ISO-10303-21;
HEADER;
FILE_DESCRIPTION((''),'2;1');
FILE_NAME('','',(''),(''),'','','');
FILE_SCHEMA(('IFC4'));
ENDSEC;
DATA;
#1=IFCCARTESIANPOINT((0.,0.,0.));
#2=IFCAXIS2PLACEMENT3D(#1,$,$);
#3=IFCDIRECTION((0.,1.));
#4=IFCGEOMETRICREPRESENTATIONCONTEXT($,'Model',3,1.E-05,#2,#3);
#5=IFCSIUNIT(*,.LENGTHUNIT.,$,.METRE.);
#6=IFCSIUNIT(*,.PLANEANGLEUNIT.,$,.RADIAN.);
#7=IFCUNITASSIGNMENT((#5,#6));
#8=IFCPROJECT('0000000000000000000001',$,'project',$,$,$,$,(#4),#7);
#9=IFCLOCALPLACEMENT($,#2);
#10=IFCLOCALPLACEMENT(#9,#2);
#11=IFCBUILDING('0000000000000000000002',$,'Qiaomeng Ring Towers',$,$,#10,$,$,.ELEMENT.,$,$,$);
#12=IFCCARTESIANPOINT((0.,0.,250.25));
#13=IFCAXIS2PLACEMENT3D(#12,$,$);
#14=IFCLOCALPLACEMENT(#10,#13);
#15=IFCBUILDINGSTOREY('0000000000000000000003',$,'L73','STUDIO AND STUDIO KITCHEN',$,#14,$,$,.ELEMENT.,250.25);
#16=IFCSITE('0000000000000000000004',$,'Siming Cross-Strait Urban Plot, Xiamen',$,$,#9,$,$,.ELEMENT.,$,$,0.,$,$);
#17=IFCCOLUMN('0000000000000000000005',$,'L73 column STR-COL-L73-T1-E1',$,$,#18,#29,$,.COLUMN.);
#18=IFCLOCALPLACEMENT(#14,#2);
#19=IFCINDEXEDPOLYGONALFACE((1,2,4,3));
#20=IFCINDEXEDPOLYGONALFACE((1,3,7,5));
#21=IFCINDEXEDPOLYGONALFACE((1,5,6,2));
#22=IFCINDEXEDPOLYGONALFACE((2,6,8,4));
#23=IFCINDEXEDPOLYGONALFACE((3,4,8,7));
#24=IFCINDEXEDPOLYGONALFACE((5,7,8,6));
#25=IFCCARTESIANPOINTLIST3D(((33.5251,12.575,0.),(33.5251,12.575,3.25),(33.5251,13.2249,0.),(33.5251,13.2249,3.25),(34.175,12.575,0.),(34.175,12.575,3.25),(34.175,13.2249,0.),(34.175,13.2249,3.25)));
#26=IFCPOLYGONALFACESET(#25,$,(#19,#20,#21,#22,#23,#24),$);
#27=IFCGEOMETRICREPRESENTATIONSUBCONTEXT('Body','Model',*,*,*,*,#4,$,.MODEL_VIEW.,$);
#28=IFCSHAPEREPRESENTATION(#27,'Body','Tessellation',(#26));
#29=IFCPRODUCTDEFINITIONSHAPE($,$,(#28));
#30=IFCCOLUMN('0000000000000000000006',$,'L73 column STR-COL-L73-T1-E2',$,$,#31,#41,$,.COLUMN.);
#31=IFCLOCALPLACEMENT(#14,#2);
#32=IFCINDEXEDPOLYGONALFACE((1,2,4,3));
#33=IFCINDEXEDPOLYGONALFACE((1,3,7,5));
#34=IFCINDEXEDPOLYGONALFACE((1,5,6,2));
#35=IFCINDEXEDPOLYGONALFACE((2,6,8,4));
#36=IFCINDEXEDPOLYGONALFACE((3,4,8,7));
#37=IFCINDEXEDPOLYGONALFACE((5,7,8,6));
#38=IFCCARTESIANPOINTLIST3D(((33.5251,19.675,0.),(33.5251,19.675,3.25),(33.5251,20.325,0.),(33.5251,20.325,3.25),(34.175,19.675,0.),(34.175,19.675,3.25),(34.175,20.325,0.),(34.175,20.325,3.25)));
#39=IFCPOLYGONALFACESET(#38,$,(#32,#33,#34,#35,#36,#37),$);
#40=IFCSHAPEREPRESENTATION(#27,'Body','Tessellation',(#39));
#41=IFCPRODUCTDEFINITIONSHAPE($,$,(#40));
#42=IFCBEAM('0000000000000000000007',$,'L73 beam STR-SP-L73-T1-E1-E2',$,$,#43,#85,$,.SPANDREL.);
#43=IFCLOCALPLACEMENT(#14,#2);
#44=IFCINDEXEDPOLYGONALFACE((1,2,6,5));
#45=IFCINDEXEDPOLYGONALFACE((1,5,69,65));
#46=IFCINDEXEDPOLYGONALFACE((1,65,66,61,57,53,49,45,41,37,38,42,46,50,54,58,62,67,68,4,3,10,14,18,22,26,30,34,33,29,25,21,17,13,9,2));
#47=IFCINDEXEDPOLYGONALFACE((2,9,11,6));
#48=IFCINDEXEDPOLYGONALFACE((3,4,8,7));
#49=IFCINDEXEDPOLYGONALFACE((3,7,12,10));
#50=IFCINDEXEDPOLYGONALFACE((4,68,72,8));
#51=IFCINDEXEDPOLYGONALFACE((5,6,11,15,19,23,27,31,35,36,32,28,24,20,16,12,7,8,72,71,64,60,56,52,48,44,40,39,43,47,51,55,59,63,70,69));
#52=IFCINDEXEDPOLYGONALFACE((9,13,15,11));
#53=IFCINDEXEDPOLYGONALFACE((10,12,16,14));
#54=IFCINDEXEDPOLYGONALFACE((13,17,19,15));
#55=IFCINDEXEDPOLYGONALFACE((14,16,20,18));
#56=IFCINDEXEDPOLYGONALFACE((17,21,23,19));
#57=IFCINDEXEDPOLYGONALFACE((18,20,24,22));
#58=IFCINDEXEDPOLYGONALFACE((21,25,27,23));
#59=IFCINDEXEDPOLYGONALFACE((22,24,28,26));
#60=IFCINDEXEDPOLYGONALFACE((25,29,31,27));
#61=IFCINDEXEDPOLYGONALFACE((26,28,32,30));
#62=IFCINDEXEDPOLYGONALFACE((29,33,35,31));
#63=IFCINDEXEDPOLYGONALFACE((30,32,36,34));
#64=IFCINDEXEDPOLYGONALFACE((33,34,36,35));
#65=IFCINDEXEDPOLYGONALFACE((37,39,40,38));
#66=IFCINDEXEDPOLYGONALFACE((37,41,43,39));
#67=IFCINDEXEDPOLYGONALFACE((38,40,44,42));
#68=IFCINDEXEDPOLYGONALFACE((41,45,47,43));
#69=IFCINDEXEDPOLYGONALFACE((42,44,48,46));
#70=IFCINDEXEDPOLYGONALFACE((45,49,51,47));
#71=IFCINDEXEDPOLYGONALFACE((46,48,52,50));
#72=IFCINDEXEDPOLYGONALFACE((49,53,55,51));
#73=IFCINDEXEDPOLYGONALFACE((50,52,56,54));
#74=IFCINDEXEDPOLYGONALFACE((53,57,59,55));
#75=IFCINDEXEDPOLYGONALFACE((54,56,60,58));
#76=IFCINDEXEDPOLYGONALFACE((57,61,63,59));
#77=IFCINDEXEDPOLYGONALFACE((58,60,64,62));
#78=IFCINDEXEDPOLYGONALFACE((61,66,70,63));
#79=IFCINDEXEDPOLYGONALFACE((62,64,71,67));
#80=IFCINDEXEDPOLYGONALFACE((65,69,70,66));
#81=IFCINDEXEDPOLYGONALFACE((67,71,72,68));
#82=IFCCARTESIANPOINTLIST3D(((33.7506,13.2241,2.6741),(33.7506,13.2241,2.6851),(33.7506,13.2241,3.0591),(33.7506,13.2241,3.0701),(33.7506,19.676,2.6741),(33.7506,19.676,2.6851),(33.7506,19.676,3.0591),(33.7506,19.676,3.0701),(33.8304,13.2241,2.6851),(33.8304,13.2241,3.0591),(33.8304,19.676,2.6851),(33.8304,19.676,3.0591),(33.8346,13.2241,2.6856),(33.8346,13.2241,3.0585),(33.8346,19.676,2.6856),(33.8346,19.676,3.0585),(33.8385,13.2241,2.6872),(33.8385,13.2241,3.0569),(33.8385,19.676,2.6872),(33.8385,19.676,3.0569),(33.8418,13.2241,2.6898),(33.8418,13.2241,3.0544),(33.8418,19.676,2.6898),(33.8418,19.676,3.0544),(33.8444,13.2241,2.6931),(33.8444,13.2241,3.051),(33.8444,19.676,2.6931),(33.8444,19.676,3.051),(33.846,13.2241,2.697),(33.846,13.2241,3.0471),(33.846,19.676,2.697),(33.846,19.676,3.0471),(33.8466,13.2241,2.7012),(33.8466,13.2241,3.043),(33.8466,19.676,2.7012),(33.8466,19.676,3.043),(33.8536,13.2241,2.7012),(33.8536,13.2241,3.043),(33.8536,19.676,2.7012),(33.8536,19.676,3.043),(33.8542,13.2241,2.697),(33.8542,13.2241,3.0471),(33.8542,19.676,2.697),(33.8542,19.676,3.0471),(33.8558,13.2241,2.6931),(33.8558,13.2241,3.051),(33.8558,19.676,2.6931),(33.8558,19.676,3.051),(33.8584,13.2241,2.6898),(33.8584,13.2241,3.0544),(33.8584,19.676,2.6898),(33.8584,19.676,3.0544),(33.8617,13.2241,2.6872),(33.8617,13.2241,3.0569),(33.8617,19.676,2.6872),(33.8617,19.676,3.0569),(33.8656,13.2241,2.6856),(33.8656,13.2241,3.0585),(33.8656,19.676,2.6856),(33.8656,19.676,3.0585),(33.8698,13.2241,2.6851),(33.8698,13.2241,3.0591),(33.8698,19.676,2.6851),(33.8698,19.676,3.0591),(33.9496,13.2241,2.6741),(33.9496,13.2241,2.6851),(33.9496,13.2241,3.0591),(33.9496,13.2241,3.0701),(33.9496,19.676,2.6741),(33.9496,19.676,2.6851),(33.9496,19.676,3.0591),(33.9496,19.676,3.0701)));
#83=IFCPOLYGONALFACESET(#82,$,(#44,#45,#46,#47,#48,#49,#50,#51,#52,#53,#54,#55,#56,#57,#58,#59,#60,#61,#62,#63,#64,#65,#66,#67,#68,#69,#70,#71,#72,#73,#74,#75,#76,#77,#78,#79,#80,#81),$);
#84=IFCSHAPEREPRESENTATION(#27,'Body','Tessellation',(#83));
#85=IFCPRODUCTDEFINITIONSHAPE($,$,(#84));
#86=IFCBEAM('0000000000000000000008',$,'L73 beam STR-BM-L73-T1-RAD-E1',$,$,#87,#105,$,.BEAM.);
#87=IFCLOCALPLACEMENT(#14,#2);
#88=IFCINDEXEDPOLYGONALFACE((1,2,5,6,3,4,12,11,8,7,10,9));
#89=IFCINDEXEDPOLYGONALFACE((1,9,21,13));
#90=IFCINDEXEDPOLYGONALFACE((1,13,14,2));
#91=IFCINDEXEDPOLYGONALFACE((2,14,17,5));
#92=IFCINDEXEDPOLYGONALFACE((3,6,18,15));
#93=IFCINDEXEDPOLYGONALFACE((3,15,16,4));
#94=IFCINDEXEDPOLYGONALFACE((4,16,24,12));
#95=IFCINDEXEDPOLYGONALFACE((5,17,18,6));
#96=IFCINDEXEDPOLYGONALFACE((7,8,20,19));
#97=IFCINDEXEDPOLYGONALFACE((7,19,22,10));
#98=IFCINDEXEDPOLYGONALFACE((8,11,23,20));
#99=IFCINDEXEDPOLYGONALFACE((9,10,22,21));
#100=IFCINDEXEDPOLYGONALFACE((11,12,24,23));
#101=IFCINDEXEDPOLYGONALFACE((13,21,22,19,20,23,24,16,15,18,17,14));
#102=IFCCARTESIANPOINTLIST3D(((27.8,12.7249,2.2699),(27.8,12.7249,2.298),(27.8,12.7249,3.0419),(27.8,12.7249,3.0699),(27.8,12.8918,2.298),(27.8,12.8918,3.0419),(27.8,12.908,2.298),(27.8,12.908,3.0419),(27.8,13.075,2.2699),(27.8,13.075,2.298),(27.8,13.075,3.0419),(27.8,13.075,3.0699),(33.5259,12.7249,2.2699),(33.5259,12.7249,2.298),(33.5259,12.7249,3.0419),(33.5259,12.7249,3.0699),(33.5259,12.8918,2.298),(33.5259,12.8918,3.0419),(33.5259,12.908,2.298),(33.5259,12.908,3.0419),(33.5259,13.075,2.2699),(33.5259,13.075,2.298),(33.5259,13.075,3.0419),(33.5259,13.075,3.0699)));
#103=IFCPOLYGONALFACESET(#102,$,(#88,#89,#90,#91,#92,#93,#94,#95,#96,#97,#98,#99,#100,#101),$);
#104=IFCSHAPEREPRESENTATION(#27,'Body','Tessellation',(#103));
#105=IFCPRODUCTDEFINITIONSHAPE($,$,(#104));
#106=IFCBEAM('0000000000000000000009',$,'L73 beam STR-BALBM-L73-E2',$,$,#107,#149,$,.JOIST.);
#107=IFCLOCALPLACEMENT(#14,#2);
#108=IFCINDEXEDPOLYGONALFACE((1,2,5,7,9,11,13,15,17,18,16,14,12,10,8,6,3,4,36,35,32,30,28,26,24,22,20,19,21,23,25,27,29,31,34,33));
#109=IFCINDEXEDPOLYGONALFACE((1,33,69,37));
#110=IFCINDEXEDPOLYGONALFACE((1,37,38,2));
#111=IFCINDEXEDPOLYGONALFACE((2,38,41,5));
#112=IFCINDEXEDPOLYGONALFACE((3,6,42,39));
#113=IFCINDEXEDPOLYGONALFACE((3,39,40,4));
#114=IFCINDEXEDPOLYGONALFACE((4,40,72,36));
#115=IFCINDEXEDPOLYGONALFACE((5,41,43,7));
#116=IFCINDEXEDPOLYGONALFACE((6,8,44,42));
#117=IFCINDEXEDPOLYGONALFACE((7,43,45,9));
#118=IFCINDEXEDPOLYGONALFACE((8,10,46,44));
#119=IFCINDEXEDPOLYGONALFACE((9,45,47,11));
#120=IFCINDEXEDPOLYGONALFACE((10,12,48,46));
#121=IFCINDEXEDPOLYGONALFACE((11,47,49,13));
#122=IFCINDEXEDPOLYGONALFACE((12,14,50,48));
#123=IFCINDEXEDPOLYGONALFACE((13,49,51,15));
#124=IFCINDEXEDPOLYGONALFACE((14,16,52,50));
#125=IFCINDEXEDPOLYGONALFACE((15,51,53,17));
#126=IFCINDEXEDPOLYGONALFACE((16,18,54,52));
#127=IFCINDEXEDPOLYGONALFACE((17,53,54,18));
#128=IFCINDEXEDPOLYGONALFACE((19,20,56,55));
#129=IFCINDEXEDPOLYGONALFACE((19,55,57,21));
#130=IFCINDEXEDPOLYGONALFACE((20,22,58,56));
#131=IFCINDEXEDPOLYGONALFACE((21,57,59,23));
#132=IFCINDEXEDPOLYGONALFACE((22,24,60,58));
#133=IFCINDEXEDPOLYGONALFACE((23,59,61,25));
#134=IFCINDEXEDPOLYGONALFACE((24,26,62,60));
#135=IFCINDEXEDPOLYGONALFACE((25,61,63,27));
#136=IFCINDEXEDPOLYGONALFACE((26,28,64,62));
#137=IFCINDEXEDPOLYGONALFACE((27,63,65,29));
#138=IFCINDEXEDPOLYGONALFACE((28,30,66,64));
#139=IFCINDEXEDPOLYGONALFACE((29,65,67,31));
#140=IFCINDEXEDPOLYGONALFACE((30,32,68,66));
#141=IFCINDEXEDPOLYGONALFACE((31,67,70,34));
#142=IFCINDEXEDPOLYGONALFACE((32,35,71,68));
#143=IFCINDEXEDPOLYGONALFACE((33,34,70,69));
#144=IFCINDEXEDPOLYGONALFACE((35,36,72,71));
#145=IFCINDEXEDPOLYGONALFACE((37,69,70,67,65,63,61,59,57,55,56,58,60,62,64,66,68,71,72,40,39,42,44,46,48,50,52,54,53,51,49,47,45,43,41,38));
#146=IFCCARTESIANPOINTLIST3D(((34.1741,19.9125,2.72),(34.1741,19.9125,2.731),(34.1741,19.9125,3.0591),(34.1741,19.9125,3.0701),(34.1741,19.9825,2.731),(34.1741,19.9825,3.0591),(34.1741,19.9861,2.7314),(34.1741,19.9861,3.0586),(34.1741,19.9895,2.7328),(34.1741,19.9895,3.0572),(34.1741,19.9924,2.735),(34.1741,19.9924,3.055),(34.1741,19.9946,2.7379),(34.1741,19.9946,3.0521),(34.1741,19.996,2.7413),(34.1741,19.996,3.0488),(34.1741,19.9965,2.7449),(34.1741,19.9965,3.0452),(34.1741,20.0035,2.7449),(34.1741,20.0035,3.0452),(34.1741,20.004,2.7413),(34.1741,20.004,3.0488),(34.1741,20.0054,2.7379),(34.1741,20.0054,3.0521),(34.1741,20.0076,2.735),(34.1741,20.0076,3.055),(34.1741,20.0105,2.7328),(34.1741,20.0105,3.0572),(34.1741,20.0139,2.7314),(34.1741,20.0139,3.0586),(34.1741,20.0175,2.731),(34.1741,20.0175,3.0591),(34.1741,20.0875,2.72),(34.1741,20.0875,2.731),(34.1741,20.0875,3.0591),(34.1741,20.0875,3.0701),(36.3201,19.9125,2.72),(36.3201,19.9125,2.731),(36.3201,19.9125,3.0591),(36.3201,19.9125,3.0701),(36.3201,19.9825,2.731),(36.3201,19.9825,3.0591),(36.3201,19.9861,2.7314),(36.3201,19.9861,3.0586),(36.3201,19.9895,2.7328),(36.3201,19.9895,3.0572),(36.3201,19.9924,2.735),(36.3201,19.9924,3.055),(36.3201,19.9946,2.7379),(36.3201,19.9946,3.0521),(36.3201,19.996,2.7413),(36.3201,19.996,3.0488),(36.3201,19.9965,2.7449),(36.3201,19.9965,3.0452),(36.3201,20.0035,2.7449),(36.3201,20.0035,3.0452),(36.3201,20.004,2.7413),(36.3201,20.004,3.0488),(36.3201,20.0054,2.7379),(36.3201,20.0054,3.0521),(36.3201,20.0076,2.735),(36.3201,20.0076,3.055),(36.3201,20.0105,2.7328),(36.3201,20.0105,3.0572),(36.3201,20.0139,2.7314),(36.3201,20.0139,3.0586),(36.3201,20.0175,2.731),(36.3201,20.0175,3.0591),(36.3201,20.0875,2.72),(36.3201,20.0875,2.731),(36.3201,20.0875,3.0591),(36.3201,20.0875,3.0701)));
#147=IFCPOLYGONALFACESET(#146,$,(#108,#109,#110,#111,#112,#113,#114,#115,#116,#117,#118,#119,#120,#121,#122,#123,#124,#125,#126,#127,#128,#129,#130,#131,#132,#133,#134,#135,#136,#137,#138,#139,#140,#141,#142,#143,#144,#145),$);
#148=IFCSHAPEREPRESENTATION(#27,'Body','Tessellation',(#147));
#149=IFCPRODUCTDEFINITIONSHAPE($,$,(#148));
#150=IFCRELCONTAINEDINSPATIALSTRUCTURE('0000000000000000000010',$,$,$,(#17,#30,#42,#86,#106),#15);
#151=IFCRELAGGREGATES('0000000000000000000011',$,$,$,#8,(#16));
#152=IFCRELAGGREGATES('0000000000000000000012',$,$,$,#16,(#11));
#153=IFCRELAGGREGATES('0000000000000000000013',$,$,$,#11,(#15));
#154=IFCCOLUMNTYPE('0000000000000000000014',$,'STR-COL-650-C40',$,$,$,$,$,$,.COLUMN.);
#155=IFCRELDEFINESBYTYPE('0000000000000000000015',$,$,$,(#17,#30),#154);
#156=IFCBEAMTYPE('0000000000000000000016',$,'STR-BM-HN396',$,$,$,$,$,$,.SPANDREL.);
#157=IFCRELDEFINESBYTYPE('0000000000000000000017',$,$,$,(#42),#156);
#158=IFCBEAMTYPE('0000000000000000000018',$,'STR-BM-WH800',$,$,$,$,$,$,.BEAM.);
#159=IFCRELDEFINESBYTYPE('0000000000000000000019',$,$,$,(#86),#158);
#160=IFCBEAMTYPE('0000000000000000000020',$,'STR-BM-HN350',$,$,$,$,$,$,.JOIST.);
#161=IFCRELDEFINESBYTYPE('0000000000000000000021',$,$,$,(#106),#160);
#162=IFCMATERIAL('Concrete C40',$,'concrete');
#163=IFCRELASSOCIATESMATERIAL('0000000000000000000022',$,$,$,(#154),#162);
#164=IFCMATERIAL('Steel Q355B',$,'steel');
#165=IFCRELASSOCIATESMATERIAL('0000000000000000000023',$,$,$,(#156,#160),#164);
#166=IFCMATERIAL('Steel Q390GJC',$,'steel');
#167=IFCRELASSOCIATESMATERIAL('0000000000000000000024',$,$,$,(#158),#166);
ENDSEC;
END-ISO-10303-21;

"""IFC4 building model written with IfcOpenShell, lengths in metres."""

from ifc_helpers import new_model, si_unit, direction, frame, origin, origin_2d, place, context, subcontext, project, spatial, rectangle, i_section, extrude, source, transform, mapped, material, material_profile, profile_set, type_object, element, save


model = new_model("IFC4")

# Units and contexts
model_context = context("Model", 3, precision=1e-05, world=origin(), true_north=direction((0.0, 1.0)))
body_context = subcontext(model_context, "Body", "Model", "MODEL_VIEW")
ifc_project = project(units=[si_unit("LENGTHUNIT", "METRE"), si_unit("PLANEANGLEUNIT", "RADIAN")], contexts=[model_context])

# Site, building, storey
site_placement = place(None, origin())
site = spatial("IfcSite", under=ifc_project, at=site_placement, Name="Siming Cross-Strait Urban Plot, Xiamen", CompositionType="ELEMENT", RefElevation=0.0)
building_placement = place(site_placement, origin())
building = spatial("IfcBuilding", under=site, at=building_placement, Name="Qiaomeng Ring Towers", CompositionType="ELEMENT")
storey_placement = place(building_placement, frame((0.0, 0.0, 250.25)))
storey = spatial("IfcBuildingStorey", under=building, at=storey_placement, Name="L73", Description="STUDIO AND STUDIO KITCHEN", CompositionType="ELEMENT", Elevation=250.25)

# Columns
ifc_material_1 = material(Name="Concrete C40", Category="concrete")
ifc_material_profile_1 = material_profile(ifc_material_1, rectangle(XDim=0.6499, YDim=0.6499, at=origin_2d()), Name="RC COL 650x650")
ifc_profile_set_1 = profile_set([ifc_material_profile_1], Name="Concrete C40")
column_type = type_object("IfcColumnType", Name="STR-COL-650-C40", PredefinedType="COLUMN", material=ifc_profile_set_1)
shared_shape_1 = source(origin(), body_context, "Body", "SweptSolid", [
    extrude(rectangle(XDim=0.6499, YDim=0.6499, at=origin_2d()), origin(), (0.0, 0.0, 1.0), 3.25),
])
for number, where, z_axis, x_axis, name in (
    (1, (33.8501, 12.8999, 0.0), (0.0, 0.0, 1.0), (1.0, 0.0, 0.0), "L73 column STR-COL-L73-T1-E1"),
    (2, (33.8501, 20.0, 0.0), (0.0, 0.0, 1.0), (1.0, 0.0, 0.0), "L73 column STR-COL-L73-T1-E2"),
):
    element("IfcColumn", number, at=place(storey_placement, frame(where, z_axis=z_axis, x_axis=x_axis)), inside=storey, type_object=column_type, Name=name, PredefinedType="COLUMN", context=body_context, shape_type="MappedRepresentation", body=[
        mapped(shared_shape_1, transform((0.0, 0.0, 0.0), x_axis=(1.0, 0.0, 0.0), y_axis=(0.0, 1.0, 0.0), z_axis=(0.0, 0.0, 1.0), scale=1.0)),
    ])

# Beams
ifc_material_2 = material(Name="Steel Q355B", Category="steel")
ifc_material_profile_2 = material_profile(ifc_material_2, i_section(OverallWidth=0.199, OverallDepth=0.396, WebThickness=0.0071, FlangeThickness=0.011, FilletRadius=0.0161, at=origin_2d()), Name="HN 396x199x7x11")
ifc_profile_set_2 = profile_set([ifc_material_profile_2], Name="Steel Q355B")
beam_type_1 = type_object("IfcBeamType", Name="STR-BM-HN396", PredefinedType="SPANDREL", material=ifc_profile_set_2)
shared_shape_2 = source(origin(), body_context, "Body", "SweptSolid", [
    extrude(i_section(OverallWidth=0.199, OverallDepth=0.396, WebThickness=0.0071, FlangeThickness=0.011, FilletRadius=0.0161, at=origin_2d()), origin(), (0.0, 0.0, 1.0), 6.4519),
])
beam_1_placement = place(storey_placement, frame((33.8501, 13.2241, 2.8721), z_axis=(0.0, 1.0, 0.0), x_axis=(-1.0, 0.0, 0.0)))
element("IfcBeam", 3, at=beam_1_placement, inside=storey, type_object=beam_type_1, Name="L73 beam STR-SP-L73-T1-E1-E2", PredefinedType="SPANDREL", context=body_context, shape_type="MappedRepresentation", body=[
    mapped(shared_shape_2, transform((0.0, 0.0, 0.0), x_axis=(1.0, 0.0, 0.0), y_axis=(0.0, 1.0, 0.0), z_axis=(0.0, 0.0, 1.0), scale=1.0)),
])
ifc_material_3 = material(Name="Steel Q390GJC", Category="steel")
ifc_material_profile_3 = material_profile(ifc_material_3, i_section(OverallWidth=0.3501, OverallDepth=0.8, WebThickness=0.0161, FlangeThickness=0.0281, at=origin_2d()), Name="WH 800x350x16x28")
ifc_profile_set_3 = profile_set([ifc_material_profile_3], Name="Steel Q390GJC")
beam_type_2 = type_object("IfcBeamType", Name="STR-BM-WH800", PredefinedType="BEAM", material=ifc_profile_set_3)
shared_shape_3 = source(origin(), body_context, "Body", "SweptSolid", [
    extrude(i_section(OverallWidth=0.3501, OverallDepth=0.8, WebThickness=0.0161, FlangeThickness=0.0281, at=origin_2d()), origin(), (0.0, 0.0, 1.0), 5.7258),
])
beam_2_placement = place(storey_placement, frame((27.8, 12.8999, 2.6699), z_axis=(1.0, 0.0, 0.0), x_axis=(0.0, 1.0, 0.0)))
element("IfcBeam", 4, at=beam_2_placement, inside=storey, type_object=beam_type_2, Name="L73 beam STR-BM-L73-T1-RAD-E1", PredefinedType="BEAM", context=body_context, shape_type="MappedRepresentation", body=[
    mapped(shared_shape_3, transform((0.0, 0.0, 0.0), x_axis=(1.0, 0.0, 0.0), y_axis=(0.0, 1.0, 0.0), z_axis=(0.0, 0.0, 1.0), scale=1.0)),
])
ifc_material_profile_4 = material_profile(ifc_material_2, i_section(OverallWidth=0.175, OverallDepth=0.3501, WebThickness=0.0071, FlangeThickness=0.011, FilletRadius=0.0139, at=origin_2d()), Name="HN 350x175x7x11")
ifc_profile_set_4 = profile_set([ifc_material_profile_4], Name="Steel Q355B")
beam_type_3 = type_object("IfcBeamType", Name="STR-BM-HN350", PredefinedType="JOIST", material=ifc_profile_set_4)
shared_shape_4 = source(origin(), body_context, "Body", "SweptSolid", [
    extrude(i_section(OverallWidth=0.175, OverallDepth=0.3501, WebThickness=0.0071, FlangeThickness=0.011, FilletRadius=0.0139, at=origin_2d()), origin(), (0.0, 0.0, 1.0), 2.146),
])
beam_3_placement = place(storey_placement, frame((34.1741, 20.0, 2.895), z_axis=(1.0, 0.0, 0.0), x_axis=(0.0, 1.0, 0.0)))
element("IfcBeam", 5, at=beam_3_placement, inside=storey, type_object=beam_type_3, Name="L73 beam STR-BALBM-L73-E2", PredefinedType="JOIST", context=body_context, shape_type="MappedRepresentation", body=[
    mapped(shared_shape_4, transform((0.0, 0.0, 0.0), x_axis=(1.0, 0.0, 0.0), y_axis=(0.0, 1.0, 0.0), z_axis=(0.0, 0.0, 1.0), scale=1.0)),
])

save(model, "model.ifc")
